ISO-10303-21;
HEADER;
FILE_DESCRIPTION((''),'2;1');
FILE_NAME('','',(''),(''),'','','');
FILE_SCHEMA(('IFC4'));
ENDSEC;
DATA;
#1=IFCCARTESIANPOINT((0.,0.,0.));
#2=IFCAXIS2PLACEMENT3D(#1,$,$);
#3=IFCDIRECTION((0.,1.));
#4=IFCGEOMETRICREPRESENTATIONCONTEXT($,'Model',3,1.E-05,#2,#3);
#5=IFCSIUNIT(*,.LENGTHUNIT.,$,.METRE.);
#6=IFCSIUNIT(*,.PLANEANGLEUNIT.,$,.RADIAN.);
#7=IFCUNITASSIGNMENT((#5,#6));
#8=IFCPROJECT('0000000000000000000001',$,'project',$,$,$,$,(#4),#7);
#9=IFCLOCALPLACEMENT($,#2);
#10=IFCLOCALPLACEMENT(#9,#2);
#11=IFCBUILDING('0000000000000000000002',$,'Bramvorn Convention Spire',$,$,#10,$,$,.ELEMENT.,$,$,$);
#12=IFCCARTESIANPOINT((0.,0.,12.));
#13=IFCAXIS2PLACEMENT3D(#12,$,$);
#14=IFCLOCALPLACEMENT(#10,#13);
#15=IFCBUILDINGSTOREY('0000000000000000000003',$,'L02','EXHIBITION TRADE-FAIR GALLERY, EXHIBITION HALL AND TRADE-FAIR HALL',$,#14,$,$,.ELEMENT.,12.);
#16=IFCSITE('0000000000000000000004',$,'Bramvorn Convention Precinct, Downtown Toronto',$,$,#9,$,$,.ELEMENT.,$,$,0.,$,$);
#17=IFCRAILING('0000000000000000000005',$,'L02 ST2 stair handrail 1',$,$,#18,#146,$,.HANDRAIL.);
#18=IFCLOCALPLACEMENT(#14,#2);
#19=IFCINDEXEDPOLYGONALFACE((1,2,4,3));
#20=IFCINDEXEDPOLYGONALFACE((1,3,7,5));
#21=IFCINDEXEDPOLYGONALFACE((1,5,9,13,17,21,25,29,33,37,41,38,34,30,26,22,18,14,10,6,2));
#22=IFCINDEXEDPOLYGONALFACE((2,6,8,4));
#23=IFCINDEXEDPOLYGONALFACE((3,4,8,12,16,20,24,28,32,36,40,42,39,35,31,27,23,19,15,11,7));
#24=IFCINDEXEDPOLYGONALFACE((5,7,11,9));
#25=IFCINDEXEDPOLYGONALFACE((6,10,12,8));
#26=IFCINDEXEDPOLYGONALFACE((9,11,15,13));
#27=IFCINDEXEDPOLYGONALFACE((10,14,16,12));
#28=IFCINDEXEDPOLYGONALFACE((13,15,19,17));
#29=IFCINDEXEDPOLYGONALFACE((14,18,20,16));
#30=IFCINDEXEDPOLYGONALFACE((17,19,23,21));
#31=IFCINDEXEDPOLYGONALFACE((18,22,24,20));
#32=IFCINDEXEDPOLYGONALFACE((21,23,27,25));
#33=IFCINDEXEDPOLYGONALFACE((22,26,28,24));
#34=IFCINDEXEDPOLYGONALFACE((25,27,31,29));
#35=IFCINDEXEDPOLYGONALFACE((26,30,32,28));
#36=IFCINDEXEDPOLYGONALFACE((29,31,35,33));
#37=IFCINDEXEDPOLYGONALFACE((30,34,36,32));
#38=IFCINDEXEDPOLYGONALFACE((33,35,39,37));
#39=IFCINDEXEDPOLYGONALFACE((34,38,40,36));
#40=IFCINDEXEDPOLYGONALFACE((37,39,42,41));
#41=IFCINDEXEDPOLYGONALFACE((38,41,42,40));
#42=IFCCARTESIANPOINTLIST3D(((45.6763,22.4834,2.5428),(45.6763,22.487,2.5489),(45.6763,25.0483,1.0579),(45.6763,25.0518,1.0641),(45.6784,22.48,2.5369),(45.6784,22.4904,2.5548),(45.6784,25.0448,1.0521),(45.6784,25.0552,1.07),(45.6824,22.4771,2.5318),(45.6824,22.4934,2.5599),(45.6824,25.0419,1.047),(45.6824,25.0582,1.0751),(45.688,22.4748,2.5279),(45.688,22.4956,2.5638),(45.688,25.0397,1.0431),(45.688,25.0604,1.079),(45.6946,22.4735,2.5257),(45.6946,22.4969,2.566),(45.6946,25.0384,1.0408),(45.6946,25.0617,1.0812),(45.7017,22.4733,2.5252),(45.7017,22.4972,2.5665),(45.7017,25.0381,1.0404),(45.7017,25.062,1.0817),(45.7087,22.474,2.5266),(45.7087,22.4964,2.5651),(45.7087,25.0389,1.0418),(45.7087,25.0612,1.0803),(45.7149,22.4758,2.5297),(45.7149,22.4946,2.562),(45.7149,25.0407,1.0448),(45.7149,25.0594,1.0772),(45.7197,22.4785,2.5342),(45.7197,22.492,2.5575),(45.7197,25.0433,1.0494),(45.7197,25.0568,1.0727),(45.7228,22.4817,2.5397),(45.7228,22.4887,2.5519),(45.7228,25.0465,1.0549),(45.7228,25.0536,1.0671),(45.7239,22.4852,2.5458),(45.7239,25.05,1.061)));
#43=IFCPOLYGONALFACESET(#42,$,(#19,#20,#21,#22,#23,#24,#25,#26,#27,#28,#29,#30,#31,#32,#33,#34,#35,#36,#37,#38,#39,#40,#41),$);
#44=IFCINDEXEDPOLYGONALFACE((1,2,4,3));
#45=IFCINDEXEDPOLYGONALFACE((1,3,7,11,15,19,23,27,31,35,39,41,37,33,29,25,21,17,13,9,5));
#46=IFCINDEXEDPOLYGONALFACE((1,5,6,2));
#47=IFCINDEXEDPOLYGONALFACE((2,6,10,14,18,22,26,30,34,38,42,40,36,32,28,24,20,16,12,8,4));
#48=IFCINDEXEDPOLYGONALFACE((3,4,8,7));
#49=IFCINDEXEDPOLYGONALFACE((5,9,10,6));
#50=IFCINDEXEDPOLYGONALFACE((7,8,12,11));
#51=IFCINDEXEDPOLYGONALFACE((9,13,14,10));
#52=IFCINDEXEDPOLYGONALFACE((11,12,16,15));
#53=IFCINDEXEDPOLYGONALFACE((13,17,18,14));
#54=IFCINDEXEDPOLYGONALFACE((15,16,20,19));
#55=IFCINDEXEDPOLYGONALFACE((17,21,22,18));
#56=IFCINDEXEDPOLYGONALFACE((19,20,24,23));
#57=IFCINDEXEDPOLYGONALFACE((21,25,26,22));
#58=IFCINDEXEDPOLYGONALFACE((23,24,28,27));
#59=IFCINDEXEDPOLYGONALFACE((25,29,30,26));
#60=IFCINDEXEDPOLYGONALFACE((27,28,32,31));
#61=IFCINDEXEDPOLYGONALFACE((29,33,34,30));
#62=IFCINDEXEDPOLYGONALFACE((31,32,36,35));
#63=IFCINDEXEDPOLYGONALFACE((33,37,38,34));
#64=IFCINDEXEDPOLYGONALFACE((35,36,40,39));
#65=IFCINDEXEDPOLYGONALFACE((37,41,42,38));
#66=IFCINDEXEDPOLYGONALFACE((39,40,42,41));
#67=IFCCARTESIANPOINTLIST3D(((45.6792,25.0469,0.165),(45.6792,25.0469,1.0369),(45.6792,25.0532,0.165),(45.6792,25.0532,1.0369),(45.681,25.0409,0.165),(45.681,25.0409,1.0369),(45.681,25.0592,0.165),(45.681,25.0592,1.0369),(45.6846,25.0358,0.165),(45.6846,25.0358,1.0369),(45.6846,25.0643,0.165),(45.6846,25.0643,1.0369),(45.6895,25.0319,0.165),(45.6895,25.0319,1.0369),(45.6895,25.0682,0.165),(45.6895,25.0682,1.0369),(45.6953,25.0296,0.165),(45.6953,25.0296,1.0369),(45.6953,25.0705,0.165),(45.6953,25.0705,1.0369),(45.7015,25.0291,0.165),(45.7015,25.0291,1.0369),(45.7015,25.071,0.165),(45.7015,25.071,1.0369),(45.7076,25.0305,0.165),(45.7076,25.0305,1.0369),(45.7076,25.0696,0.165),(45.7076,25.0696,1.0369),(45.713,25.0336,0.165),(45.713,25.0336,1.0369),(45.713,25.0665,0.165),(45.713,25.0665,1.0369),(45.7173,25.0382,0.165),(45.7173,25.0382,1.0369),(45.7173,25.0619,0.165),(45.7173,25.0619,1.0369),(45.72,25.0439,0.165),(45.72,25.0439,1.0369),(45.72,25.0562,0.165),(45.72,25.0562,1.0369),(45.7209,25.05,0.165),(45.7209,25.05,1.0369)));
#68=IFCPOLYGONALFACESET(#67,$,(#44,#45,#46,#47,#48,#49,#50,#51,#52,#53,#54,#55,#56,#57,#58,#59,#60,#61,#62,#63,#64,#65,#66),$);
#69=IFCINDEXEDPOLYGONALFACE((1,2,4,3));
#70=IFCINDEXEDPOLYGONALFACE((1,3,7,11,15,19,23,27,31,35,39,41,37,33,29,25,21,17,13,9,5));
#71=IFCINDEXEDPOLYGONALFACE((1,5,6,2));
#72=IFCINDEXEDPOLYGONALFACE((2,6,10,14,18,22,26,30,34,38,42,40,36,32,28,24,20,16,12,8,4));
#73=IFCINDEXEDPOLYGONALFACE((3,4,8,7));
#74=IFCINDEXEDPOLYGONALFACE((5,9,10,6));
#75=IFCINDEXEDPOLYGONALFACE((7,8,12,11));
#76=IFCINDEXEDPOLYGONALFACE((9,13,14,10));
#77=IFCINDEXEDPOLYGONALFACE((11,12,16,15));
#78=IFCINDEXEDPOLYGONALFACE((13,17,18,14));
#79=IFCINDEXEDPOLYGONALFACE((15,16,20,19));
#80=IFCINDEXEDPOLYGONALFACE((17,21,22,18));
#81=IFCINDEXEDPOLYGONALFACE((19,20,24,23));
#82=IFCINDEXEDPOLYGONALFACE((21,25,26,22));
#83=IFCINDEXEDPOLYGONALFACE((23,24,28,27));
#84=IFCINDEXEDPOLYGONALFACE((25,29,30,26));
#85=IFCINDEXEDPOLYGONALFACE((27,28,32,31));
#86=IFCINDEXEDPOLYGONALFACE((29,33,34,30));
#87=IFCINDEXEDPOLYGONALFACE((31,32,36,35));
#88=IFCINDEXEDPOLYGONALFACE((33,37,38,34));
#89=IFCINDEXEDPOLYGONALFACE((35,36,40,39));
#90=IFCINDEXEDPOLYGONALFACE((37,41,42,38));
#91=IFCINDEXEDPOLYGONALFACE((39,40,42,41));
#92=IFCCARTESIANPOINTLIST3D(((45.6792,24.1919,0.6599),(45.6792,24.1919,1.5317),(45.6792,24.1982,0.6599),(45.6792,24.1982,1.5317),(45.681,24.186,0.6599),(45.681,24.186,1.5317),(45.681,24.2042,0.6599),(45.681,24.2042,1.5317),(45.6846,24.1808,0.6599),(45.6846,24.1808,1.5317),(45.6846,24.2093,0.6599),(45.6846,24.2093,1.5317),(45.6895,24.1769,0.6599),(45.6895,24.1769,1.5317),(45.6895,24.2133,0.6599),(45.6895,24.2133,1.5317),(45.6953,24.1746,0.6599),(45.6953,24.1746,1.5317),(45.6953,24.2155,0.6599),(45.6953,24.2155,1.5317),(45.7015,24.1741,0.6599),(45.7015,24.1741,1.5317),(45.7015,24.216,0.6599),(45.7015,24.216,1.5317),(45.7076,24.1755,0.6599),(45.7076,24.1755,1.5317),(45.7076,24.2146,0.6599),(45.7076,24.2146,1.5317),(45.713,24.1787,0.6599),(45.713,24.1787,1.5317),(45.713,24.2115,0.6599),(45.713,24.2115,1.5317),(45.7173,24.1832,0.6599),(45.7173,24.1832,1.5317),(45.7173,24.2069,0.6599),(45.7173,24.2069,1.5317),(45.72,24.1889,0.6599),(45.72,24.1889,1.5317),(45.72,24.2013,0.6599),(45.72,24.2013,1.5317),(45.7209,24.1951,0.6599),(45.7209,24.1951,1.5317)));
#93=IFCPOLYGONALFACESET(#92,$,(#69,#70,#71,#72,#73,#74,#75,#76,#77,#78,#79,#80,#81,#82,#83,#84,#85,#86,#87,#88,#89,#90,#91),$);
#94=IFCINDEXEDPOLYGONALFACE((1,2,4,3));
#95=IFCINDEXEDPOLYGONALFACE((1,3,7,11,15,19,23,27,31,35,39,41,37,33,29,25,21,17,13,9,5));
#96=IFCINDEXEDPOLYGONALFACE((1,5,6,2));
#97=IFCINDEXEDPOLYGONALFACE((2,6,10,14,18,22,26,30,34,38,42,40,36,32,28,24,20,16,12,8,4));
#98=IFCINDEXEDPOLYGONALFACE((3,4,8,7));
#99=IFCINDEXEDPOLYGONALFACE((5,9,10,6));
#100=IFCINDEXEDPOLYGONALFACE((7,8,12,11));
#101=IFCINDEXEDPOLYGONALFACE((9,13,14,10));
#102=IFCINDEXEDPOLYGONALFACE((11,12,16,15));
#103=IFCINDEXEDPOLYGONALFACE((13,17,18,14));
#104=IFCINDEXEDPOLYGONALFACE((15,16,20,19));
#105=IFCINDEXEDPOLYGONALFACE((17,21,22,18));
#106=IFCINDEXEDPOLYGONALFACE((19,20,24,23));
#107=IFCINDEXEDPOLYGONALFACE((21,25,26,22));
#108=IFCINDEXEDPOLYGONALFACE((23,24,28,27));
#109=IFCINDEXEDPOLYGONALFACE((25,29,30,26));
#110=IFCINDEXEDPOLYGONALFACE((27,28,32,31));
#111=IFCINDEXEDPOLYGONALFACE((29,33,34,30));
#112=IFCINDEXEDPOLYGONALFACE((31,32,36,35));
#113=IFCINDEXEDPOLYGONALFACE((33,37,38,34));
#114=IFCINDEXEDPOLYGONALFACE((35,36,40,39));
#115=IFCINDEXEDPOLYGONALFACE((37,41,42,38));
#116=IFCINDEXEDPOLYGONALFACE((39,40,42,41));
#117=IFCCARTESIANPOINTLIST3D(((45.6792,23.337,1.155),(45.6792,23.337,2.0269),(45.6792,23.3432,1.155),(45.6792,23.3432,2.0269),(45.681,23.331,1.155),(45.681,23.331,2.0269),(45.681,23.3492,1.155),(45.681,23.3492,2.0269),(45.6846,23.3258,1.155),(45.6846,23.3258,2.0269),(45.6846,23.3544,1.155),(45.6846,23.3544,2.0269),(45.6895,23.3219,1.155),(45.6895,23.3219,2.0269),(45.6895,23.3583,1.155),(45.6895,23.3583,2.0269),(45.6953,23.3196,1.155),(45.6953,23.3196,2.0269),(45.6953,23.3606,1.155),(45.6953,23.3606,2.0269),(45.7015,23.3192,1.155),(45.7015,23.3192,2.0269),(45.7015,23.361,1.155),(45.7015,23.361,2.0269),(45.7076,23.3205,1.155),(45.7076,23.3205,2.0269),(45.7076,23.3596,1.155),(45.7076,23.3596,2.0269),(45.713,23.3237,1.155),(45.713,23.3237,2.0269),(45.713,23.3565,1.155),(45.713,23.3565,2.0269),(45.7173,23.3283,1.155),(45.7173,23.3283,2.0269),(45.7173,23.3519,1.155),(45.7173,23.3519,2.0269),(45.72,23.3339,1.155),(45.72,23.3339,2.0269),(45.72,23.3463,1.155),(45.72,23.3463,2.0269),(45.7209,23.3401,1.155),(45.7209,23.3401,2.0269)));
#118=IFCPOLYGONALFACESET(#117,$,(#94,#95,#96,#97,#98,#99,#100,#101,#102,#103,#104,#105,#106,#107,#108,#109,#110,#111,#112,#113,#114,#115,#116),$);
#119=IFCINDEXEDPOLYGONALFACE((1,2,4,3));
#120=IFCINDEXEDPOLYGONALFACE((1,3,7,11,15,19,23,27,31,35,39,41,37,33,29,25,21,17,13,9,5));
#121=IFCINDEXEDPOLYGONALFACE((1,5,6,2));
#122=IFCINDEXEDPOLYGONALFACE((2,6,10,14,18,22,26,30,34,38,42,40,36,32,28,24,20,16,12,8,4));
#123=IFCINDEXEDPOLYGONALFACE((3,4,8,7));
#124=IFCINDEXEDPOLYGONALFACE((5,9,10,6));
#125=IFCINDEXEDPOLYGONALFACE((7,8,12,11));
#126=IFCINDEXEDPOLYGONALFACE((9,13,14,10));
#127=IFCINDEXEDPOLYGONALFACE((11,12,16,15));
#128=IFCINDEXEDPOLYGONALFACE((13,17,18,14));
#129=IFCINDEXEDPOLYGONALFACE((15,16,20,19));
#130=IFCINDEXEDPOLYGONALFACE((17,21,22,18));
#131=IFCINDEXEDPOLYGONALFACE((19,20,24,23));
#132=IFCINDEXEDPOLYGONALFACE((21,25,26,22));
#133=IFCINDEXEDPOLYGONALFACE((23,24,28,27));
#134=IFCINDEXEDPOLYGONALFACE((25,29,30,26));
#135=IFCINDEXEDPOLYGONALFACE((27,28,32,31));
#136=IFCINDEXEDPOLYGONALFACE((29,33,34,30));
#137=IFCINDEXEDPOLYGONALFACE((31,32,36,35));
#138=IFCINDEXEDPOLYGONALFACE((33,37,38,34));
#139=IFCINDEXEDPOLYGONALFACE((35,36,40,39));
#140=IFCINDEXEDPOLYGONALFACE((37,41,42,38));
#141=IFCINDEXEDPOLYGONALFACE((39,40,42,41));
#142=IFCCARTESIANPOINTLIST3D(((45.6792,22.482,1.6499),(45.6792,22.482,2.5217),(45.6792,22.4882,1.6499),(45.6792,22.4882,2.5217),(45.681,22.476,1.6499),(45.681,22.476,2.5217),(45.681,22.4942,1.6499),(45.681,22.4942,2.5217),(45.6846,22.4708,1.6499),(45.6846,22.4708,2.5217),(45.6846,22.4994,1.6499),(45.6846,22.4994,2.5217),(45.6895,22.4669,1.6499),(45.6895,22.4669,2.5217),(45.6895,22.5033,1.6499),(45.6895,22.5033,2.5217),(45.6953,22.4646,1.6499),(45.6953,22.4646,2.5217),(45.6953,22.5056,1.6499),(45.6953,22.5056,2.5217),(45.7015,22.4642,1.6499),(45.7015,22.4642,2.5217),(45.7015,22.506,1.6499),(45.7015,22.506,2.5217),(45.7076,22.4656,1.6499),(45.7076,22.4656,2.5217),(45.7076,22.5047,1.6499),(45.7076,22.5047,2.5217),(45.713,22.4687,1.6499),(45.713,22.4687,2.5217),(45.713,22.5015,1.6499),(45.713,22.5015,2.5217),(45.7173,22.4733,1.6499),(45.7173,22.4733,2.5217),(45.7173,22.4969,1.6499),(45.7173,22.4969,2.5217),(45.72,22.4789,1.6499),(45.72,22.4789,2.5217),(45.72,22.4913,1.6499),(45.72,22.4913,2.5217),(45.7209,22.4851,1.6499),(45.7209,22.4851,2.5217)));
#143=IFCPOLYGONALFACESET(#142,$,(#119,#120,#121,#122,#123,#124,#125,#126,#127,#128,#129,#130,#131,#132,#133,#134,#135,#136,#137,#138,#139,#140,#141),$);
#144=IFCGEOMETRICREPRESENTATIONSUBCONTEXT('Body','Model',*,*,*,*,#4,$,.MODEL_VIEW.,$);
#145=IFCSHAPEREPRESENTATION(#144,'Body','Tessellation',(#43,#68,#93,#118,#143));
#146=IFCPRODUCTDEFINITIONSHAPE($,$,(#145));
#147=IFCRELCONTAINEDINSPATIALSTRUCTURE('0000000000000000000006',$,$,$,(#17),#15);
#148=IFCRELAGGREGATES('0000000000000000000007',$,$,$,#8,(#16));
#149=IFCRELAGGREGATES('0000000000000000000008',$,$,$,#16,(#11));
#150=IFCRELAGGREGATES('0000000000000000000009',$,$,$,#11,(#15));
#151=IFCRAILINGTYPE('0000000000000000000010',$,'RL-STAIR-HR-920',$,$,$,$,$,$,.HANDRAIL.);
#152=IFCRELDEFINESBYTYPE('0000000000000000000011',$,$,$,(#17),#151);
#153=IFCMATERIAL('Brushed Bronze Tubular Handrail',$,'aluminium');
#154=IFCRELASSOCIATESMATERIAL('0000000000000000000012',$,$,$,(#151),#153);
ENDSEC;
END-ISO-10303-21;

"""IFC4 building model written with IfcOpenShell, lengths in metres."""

from ifc_helpers import new_model, si_unit, direction, frame, origin, origin_2d, place, context, subcontext, project, spatial, circle, extrude, material, type_object, element, save


model = new_model("IFC4")

# Units and contexts
model_context = context("Model", 3, precision=1e-05, world=origin(), true_north=direction((0.0, 1.0)))
body_context = subcontext(model_context, "Body", "Model", "MODEL_VIEW")
ifc_project = project(units=[si_unit("LENGTHUNIT", "METRE"), si_unit("PLANEANGLEUNIT", "RADIAN")], contexts=[model_context])

# Site, building, storey
site_placement = place(None, origin())
site = spatial("IfcSite", under=ifc_project, at=site_placement, Name="Bramvorn Convention Precinct, Downtown Toronto", CompositionType="ELEMENT", RefElevation=0.0)
building_placement = place(site_placement, origin())
building = spatial("IfcBuilding", under=site, at=building_placement, Name="Bramvorn Convention Spire", CompositionType="ELEMENT")
storey_placement = place(building_placement, frame((0.0, 0.0, 12.0)))
storey = spatial("IfcBuildingStorey", under=building, at=storey_placement, Name="L02", Description="EXHIBITION TRADE-FAIR GALLERY, EXHIBITION HALL AND TRADE-FAIR HALL", CompositionType="ELEMENT", Elevation=12.0)

# Railing
ifc_material_1 = material(Name="Brushed Bronze Tubular Handrail", Category="aluminium")
railing_type_1 = type_object("IfcRailingType", Name="RL-STAIR-HR-920", PredefinedType="HANDRAIL", material=ifc_material_1)
for number, where, name in (
    (1, (45.7, 25.05, 0.165), "L02 ST2 stair handrail 1"),
):
    element("IfcRailing", number, at=place(storey_placement, frame(where)), inside=storey, type_object=railing_type_1, Name=name, PredefinedType="HANDRAIL", context=body_context, shape_type="SweptSolid", body=[
        extrude(circle(Radius=0.0239, at=origin_2d()), frame((0.0, 0.0, 0.896), z_axis=(0.0, -0.865441, 0.50101), x_axis=(1.0, 0.0, 0.0)), (0.0, 0.0, 1.0), 2.9636),
        extrude(circle(Radius=0.021, at=origin_2d()), origin(), (0.0, 0.0, 1.0), 0.8718),
        extrude(circle(Radius=0.021, at=origin_2d()), frame((0.0, -0.855, 0.4949)), (0.0, 0.0, 1.0), 0.8718),
        extrude(circle(Radius=0.021, at=origin_2d()), frame((0.0, -1.71, 0.99)), (0.0, 0.0, 1.0), 0.8718),
        extrude(circle(Radius=0.021, at=origin_2d()), frame((0.0, -2.5649, 1.4849)), (0.0, 0.0, 1.0), 0.8718),
    ])

save(model, "model.ifc")
